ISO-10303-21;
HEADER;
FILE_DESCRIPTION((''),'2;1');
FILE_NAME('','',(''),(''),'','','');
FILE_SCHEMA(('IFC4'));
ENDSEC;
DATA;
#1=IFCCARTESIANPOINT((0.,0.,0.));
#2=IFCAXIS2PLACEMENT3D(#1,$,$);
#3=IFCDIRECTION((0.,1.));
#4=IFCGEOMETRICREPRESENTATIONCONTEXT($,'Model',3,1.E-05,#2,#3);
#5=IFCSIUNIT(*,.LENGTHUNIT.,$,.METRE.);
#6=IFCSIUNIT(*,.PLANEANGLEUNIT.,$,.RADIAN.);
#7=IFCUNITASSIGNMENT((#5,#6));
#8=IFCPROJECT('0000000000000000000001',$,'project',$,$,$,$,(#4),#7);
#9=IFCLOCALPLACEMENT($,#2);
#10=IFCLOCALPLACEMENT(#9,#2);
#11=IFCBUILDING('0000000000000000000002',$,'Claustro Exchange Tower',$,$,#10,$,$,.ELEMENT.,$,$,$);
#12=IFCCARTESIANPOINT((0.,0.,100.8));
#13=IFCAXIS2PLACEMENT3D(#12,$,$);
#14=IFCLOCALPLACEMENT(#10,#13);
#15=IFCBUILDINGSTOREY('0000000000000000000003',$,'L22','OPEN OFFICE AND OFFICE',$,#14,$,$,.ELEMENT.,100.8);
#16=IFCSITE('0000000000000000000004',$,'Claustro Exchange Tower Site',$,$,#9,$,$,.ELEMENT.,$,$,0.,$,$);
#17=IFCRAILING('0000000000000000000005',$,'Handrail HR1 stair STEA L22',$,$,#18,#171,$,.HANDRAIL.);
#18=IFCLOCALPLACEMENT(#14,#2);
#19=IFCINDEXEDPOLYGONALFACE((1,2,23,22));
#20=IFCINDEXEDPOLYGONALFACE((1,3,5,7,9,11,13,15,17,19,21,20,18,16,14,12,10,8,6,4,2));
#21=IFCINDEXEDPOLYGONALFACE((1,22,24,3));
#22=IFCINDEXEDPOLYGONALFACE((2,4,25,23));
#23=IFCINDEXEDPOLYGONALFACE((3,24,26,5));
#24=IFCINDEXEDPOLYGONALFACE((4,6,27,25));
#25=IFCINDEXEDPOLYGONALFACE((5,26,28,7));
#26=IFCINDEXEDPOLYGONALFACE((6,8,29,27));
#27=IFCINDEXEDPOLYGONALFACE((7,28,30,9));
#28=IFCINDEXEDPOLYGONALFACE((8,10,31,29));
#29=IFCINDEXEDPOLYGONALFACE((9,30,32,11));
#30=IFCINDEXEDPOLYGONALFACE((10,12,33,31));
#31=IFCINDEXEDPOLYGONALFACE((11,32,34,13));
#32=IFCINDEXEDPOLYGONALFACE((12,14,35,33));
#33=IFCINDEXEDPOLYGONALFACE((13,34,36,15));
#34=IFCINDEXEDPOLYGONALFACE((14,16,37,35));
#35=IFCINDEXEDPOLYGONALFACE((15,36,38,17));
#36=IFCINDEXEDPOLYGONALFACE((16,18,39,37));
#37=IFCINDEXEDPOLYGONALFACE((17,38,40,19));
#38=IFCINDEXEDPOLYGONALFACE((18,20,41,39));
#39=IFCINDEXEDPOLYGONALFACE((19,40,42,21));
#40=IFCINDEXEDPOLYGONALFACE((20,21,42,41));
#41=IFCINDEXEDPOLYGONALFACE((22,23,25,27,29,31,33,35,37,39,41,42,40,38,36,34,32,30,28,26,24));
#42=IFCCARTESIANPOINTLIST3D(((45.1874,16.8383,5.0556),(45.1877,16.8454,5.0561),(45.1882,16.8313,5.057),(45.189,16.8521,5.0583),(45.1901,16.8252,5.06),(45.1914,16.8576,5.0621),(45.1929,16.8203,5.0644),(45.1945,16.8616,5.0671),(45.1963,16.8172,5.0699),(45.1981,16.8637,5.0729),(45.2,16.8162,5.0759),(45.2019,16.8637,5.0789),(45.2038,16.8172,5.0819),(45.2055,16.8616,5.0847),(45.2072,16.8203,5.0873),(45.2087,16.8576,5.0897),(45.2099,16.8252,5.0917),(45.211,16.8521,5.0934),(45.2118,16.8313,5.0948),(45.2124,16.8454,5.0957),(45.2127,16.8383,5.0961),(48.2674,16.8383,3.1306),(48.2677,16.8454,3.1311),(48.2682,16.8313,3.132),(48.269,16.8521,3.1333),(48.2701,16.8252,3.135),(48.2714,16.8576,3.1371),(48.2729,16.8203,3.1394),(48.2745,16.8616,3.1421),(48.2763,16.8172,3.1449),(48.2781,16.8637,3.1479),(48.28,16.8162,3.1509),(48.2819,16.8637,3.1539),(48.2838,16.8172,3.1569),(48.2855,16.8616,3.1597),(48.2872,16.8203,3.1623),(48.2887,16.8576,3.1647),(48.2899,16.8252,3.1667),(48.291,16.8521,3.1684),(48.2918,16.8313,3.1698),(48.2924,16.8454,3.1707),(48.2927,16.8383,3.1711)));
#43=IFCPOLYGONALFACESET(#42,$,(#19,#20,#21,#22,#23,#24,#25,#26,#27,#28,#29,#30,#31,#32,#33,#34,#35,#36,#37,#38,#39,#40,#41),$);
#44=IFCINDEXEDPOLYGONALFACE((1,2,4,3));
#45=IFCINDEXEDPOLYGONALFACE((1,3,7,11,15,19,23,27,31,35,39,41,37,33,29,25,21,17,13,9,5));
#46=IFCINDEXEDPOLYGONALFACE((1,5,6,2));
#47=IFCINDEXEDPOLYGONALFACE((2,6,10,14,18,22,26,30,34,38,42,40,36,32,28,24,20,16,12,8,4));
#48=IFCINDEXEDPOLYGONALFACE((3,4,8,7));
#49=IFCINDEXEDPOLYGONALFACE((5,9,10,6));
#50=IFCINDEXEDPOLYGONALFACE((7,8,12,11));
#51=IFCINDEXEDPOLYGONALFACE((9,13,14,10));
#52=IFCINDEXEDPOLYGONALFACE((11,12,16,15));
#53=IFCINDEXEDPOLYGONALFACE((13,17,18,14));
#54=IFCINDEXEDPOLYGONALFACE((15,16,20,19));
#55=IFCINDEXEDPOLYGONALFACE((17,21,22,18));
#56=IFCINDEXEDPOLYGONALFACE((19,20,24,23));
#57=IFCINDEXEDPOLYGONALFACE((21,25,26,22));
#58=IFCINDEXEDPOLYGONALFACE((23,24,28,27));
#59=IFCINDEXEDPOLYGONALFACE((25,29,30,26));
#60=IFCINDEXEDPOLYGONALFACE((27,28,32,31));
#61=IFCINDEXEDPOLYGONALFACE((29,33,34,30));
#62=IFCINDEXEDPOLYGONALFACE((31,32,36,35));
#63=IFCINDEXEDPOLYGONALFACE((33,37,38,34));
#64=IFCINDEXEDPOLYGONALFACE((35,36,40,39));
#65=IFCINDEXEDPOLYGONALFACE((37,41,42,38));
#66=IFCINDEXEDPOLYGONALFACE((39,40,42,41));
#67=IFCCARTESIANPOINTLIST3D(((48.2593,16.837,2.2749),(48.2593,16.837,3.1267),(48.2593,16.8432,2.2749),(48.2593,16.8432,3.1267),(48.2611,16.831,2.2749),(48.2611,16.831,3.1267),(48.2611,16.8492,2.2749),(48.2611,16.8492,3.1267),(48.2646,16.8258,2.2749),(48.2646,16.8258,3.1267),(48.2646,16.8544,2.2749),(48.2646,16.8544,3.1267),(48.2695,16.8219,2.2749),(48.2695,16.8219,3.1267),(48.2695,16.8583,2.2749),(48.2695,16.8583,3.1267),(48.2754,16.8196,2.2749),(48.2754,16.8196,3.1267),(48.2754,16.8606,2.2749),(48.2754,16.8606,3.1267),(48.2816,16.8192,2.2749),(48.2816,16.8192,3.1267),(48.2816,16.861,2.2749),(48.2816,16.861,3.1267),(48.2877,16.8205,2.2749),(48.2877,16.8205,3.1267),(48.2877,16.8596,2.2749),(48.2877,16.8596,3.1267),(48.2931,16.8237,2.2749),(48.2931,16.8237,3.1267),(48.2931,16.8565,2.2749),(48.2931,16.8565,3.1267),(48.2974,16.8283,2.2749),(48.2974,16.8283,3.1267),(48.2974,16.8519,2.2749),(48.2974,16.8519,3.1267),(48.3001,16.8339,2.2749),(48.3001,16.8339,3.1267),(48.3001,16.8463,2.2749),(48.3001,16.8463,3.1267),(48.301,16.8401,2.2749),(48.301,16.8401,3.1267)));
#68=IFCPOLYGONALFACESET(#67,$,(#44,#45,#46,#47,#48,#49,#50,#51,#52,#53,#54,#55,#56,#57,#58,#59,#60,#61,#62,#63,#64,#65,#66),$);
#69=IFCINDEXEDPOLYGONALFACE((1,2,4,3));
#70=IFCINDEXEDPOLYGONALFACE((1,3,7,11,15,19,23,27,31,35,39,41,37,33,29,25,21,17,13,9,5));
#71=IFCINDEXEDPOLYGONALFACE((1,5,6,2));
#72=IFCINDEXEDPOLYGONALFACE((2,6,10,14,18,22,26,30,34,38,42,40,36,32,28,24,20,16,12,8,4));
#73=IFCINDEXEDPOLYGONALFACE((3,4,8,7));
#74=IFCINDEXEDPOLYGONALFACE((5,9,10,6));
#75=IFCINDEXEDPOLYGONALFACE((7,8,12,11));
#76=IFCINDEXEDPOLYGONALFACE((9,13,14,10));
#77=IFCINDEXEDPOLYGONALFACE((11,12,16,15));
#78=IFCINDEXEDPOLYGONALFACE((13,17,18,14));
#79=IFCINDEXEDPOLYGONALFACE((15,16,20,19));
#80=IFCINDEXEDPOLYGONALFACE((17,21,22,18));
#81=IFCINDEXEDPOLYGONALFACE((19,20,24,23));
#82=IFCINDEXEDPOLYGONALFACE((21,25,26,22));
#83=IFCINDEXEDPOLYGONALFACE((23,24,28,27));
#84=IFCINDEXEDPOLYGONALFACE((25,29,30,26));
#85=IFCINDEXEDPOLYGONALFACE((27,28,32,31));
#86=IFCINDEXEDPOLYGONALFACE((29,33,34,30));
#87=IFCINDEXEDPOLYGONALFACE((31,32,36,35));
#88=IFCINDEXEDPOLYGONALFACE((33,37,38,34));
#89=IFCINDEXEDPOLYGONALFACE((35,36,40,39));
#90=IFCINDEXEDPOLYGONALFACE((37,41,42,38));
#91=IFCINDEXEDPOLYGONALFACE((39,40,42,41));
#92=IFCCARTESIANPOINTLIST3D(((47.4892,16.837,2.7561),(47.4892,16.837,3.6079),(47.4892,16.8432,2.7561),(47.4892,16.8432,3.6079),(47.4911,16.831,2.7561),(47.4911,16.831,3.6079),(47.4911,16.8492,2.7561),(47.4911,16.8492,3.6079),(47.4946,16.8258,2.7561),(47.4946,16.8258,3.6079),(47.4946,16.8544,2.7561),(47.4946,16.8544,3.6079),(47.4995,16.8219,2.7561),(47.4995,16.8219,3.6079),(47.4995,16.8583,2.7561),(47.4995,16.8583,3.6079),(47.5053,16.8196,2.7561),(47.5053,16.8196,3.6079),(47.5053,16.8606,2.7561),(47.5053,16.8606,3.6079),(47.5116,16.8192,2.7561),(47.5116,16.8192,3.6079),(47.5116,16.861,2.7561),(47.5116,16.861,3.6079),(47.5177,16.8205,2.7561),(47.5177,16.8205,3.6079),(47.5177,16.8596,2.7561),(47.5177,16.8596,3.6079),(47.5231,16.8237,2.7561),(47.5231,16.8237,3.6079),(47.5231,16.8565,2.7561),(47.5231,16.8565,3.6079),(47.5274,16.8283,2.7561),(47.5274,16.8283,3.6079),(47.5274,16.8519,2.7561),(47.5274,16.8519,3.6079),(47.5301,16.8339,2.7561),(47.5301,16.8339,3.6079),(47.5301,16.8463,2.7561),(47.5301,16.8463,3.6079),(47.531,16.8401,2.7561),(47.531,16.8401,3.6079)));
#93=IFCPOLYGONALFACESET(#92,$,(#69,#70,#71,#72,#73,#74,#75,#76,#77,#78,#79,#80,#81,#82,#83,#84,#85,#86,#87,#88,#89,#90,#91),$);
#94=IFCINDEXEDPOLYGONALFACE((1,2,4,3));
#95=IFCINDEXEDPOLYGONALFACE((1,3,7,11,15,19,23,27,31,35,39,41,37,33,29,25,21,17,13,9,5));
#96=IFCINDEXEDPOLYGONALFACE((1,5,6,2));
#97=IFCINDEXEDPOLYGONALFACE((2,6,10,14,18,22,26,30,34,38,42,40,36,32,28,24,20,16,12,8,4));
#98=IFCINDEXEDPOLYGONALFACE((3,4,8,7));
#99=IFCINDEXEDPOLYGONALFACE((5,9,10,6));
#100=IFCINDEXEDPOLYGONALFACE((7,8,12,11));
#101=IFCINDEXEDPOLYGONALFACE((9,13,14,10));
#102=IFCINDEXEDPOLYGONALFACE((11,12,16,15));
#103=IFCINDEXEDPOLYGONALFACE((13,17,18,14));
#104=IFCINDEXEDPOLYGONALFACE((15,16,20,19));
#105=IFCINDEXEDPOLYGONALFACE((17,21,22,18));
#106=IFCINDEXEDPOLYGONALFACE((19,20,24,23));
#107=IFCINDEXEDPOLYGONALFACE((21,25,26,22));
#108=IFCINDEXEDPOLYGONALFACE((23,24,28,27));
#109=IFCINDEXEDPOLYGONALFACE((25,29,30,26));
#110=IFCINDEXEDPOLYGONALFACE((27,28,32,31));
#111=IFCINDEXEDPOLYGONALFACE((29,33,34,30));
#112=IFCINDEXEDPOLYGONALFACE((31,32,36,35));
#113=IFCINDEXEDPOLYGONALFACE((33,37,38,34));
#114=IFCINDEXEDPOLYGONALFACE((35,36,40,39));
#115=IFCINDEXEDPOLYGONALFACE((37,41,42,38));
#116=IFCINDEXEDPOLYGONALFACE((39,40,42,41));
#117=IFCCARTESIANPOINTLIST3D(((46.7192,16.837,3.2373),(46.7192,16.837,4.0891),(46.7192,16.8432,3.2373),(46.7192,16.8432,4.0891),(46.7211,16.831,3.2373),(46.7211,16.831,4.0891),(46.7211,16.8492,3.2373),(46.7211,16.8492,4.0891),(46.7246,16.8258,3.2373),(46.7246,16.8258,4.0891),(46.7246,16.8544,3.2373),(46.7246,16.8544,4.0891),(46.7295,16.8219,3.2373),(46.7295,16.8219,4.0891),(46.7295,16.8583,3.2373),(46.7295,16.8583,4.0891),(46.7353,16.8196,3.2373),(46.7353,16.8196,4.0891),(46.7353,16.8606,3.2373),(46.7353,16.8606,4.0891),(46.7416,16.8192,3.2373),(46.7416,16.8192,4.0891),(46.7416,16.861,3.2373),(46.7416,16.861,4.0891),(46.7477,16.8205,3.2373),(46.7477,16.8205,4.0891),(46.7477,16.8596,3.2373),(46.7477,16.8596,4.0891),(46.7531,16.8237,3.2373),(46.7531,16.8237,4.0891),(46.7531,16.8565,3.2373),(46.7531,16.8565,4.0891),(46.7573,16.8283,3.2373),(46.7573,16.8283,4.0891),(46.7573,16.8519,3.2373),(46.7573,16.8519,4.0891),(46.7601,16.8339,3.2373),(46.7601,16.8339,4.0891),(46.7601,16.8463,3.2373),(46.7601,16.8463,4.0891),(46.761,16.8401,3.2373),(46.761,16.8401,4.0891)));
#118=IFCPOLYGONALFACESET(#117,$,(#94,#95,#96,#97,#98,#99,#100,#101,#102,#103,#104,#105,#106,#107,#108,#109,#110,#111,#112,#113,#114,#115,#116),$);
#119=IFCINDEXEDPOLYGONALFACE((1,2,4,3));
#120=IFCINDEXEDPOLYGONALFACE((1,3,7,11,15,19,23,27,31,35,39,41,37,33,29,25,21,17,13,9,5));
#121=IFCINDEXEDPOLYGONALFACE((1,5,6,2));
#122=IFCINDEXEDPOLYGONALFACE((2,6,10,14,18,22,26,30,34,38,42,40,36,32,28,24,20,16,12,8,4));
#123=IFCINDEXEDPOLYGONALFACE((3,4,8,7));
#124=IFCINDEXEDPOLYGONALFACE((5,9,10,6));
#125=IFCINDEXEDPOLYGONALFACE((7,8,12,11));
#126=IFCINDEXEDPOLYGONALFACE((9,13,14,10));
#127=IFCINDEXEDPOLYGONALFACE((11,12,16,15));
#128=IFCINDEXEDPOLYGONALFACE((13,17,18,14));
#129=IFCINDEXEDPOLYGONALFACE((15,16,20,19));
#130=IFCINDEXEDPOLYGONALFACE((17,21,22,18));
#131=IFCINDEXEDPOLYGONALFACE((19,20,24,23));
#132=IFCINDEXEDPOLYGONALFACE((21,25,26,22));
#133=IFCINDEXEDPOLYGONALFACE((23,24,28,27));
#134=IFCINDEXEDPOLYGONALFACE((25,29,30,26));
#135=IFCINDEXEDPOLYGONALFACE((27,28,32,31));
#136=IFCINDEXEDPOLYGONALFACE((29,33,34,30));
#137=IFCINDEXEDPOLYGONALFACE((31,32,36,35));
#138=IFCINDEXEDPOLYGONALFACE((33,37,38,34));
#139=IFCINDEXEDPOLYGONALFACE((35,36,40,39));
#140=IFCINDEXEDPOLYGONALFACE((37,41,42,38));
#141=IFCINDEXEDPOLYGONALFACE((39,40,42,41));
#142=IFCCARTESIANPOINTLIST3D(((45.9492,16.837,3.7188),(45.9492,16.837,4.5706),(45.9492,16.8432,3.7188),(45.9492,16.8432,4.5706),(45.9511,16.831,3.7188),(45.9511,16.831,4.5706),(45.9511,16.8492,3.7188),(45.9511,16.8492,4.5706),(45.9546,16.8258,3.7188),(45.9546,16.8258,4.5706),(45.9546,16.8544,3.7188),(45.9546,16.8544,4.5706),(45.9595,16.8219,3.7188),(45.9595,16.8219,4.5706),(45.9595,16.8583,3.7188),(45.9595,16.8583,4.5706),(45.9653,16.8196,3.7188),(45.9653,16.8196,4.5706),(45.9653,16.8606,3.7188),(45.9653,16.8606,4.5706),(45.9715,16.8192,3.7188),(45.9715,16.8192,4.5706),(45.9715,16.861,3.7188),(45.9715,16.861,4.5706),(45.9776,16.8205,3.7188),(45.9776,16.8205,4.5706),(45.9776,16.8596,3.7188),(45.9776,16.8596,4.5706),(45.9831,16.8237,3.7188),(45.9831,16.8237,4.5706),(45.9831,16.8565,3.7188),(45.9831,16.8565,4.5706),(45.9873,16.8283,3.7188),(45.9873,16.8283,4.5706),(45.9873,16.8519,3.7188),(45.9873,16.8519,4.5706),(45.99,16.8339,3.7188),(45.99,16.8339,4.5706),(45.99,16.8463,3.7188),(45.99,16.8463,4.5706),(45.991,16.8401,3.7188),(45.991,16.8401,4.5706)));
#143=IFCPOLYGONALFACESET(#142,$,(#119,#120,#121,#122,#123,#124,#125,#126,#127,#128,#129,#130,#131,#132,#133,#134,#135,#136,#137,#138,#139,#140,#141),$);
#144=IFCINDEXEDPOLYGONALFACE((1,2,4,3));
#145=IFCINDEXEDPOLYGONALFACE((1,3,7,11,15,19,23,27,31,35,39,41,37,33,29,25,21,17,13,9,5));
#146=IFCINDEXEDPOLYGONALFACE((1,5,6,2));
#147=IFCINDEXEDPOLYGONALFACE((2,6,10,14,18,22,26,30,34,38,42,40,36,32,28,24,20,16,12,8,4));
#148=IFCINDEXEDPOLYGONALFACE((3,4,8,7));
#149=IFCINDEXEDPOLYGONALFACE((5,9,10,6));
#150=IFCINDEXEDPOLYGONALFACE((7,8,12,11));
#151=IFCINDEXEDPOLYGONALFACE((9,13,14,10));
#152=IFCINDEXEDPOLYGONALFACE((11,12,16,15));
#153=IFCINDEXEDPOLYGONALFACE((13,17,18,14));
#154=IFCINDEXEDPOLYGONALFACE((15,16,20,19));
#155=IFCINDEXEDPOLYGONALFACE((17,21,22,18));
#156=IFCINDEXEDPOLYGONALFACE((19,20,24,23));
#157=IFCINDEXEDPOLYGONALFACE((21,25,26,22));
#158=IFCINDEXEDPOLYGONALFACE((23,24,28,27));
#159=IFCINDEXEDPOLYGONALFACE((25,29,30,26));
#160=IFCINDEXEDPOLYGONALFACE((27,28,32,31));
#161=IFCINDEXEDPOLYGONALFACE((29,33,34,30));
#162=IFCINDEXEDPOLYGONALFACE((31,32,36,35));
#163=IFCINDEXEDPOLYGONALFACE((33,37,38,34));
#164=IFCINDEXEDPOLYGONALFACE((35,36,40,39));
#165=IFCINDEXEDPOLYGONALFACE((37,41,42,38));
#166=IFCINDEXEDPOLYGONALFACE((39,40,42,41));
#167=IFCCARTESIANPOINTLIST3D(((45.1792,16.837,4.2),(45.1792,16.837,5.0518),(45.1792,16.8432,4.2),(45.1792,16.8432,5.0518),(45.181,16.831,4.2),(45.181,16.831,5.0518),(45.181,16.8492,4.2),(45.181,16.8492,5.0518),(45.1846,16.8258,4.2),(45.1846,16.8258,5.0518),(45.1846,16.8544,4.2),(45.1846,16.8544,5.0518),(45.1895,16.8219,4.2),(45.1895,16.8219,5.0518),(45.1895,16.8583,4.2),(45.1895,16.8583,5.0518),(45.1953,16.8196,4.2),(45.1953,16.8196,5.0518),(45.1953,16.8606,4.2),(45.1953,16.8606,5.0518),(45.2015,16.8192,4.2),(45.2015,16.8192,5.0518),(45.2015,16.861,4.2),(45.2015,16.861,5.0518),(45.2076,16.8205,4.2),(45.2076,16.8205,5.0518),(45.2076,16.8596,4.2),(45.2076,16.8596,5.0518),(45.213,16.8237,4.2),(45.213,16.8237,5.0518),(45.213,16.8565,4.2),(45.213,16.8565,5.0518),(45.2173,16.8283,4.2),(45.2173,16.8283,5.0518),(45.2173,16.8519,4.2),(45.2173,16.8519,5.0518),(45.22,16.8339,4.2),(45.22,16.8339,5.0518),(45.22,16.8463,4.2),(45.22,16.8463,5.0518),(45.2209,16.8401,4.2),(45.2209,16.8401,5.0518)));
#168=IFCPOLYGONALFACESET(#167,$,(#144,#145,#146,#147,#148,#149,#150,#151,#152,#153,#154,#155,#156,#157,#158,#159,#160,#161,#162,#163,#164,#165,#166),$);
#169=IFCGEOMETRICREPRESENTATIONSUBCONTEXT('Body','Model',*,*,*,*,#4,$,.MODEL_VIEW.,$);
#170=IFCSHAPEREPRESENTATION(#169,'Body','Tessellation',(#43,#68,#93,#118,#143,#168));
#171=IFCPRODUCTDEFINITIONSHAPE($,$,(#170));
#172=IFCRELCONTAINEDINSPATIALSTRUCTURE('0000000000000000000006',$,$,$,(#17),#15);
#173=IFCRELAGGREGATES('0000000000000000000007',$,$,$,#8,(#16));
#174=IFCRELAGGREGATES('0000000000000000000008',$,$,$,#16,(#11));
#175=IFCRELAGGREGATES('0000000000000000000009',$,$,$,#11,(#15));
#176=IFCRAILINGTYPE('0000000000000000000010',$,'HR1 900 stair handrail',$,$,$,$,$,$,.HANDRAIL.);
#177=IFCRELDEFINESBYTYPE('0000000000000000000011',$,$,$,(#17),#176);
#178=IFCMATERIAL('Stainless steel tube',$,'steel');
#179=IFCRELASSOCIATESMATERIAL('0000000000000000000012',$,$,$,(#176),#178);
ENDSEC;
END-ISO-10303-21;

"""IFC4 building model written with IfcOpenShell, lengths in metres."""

from ifc_helpers import new_model, si_unit, direction, frame, origin, origin_2d, place, context, subcontext, project, spatial, circle, extrude, material, type_object, element, save


model = new_model("IFC4")

# Units and contexts
model_context = context("Model", 3, precision=1e-05, world=origin(), true_north=direction((0.0, 1.0)))
body_context = subcontext(model_context, "Body", "Model", "MODEL_VIEW")
ifc_project = project(units=[si_unit("LENGTHUNIT", "METRE"), si_unit("PLANEANGLEUNIT", "RADIAN")], contexts=[model_context])

# Site, building, storey
site_placement = place(None, origin())
site = spatial("IfcSite", under=ifc_project, at=site_placement, Name="Claustro Exchange Tower Site", CompositionType="ELEMENT", RefElevation=0.0)
building_placement = place(site_placement, origin())
building = spatial("IfcBuilding", under=site, at=building_placement, Name="Claustro Exchange Tower", CompositionType="ELEMENT")
storey_placement = place(building_placement, frame((0.0, 0.0, 100.8)))
storey = spatial("IfcBuildingStorey", under=building, at=storey_placement, Name="L22", Description="OPEN OFFICE AND OFFICE", CompositionType="ELEMENT", Elevation=100.8)

# Railing
ifc_material_1 = material(Name="Stainless steel tube", Category="steel")
railing_type_1 = type_object("IfcRailingType", Name="HR1 900 stair handrail", PredefinedType="HANDRAIL", material=ifc_material_1)
railing_1_placement = place(storey_placement, frame((48.28, 16.8401, 2.2749)))
element("IfcRailing", 1, at=railing_1_placement, inside=storey, type_object=railing_type_1, Name="Handrail HR1 stair STEA L22", PredefinedType="HANDRAIL", context=body_context, shape_type="SweptSolid", body=[
    extrude(circle(Radius=0.0239, at=origin_2d()), frame((0.0, 0.0, 0.876), z_axis=(-0.847998, 0.0, 0.529999), x_axis=(0.0, -1.0, 0.0)), (0.0, 0.0, 1.0), 3.6321),
    extrude(circle(Radius=0.021, at=origin_2d()), origin(), (0.0, 0.0, 1.0), 0.8518),
    extrude(circle(Radius=0.021, at=origin_2d()), frame((-0.77, 0.0, 0.4812)), (0.0, 0.0, 1.0), 0.8518),
    extrude(circle(Radius=0.021, at=origin_2d()), frame((-1.54, 0.0, 0.9624)), (0.0, 0.0, 1.0), 0.8518),
    extrude(circle(Radius=0.021, at=origin_2d()), frame((-2.3101, 0.0, 1.4438)), (0.0, 0.0, 1.0), 0.8518),
    extrude(circle(Radius=0.021, at=origin_2d()), frame((-3.0801, 0.0, 1.925)), (0.0, 0.0, 1.0), 0.8518),
])

save(model, "model.ifc")
